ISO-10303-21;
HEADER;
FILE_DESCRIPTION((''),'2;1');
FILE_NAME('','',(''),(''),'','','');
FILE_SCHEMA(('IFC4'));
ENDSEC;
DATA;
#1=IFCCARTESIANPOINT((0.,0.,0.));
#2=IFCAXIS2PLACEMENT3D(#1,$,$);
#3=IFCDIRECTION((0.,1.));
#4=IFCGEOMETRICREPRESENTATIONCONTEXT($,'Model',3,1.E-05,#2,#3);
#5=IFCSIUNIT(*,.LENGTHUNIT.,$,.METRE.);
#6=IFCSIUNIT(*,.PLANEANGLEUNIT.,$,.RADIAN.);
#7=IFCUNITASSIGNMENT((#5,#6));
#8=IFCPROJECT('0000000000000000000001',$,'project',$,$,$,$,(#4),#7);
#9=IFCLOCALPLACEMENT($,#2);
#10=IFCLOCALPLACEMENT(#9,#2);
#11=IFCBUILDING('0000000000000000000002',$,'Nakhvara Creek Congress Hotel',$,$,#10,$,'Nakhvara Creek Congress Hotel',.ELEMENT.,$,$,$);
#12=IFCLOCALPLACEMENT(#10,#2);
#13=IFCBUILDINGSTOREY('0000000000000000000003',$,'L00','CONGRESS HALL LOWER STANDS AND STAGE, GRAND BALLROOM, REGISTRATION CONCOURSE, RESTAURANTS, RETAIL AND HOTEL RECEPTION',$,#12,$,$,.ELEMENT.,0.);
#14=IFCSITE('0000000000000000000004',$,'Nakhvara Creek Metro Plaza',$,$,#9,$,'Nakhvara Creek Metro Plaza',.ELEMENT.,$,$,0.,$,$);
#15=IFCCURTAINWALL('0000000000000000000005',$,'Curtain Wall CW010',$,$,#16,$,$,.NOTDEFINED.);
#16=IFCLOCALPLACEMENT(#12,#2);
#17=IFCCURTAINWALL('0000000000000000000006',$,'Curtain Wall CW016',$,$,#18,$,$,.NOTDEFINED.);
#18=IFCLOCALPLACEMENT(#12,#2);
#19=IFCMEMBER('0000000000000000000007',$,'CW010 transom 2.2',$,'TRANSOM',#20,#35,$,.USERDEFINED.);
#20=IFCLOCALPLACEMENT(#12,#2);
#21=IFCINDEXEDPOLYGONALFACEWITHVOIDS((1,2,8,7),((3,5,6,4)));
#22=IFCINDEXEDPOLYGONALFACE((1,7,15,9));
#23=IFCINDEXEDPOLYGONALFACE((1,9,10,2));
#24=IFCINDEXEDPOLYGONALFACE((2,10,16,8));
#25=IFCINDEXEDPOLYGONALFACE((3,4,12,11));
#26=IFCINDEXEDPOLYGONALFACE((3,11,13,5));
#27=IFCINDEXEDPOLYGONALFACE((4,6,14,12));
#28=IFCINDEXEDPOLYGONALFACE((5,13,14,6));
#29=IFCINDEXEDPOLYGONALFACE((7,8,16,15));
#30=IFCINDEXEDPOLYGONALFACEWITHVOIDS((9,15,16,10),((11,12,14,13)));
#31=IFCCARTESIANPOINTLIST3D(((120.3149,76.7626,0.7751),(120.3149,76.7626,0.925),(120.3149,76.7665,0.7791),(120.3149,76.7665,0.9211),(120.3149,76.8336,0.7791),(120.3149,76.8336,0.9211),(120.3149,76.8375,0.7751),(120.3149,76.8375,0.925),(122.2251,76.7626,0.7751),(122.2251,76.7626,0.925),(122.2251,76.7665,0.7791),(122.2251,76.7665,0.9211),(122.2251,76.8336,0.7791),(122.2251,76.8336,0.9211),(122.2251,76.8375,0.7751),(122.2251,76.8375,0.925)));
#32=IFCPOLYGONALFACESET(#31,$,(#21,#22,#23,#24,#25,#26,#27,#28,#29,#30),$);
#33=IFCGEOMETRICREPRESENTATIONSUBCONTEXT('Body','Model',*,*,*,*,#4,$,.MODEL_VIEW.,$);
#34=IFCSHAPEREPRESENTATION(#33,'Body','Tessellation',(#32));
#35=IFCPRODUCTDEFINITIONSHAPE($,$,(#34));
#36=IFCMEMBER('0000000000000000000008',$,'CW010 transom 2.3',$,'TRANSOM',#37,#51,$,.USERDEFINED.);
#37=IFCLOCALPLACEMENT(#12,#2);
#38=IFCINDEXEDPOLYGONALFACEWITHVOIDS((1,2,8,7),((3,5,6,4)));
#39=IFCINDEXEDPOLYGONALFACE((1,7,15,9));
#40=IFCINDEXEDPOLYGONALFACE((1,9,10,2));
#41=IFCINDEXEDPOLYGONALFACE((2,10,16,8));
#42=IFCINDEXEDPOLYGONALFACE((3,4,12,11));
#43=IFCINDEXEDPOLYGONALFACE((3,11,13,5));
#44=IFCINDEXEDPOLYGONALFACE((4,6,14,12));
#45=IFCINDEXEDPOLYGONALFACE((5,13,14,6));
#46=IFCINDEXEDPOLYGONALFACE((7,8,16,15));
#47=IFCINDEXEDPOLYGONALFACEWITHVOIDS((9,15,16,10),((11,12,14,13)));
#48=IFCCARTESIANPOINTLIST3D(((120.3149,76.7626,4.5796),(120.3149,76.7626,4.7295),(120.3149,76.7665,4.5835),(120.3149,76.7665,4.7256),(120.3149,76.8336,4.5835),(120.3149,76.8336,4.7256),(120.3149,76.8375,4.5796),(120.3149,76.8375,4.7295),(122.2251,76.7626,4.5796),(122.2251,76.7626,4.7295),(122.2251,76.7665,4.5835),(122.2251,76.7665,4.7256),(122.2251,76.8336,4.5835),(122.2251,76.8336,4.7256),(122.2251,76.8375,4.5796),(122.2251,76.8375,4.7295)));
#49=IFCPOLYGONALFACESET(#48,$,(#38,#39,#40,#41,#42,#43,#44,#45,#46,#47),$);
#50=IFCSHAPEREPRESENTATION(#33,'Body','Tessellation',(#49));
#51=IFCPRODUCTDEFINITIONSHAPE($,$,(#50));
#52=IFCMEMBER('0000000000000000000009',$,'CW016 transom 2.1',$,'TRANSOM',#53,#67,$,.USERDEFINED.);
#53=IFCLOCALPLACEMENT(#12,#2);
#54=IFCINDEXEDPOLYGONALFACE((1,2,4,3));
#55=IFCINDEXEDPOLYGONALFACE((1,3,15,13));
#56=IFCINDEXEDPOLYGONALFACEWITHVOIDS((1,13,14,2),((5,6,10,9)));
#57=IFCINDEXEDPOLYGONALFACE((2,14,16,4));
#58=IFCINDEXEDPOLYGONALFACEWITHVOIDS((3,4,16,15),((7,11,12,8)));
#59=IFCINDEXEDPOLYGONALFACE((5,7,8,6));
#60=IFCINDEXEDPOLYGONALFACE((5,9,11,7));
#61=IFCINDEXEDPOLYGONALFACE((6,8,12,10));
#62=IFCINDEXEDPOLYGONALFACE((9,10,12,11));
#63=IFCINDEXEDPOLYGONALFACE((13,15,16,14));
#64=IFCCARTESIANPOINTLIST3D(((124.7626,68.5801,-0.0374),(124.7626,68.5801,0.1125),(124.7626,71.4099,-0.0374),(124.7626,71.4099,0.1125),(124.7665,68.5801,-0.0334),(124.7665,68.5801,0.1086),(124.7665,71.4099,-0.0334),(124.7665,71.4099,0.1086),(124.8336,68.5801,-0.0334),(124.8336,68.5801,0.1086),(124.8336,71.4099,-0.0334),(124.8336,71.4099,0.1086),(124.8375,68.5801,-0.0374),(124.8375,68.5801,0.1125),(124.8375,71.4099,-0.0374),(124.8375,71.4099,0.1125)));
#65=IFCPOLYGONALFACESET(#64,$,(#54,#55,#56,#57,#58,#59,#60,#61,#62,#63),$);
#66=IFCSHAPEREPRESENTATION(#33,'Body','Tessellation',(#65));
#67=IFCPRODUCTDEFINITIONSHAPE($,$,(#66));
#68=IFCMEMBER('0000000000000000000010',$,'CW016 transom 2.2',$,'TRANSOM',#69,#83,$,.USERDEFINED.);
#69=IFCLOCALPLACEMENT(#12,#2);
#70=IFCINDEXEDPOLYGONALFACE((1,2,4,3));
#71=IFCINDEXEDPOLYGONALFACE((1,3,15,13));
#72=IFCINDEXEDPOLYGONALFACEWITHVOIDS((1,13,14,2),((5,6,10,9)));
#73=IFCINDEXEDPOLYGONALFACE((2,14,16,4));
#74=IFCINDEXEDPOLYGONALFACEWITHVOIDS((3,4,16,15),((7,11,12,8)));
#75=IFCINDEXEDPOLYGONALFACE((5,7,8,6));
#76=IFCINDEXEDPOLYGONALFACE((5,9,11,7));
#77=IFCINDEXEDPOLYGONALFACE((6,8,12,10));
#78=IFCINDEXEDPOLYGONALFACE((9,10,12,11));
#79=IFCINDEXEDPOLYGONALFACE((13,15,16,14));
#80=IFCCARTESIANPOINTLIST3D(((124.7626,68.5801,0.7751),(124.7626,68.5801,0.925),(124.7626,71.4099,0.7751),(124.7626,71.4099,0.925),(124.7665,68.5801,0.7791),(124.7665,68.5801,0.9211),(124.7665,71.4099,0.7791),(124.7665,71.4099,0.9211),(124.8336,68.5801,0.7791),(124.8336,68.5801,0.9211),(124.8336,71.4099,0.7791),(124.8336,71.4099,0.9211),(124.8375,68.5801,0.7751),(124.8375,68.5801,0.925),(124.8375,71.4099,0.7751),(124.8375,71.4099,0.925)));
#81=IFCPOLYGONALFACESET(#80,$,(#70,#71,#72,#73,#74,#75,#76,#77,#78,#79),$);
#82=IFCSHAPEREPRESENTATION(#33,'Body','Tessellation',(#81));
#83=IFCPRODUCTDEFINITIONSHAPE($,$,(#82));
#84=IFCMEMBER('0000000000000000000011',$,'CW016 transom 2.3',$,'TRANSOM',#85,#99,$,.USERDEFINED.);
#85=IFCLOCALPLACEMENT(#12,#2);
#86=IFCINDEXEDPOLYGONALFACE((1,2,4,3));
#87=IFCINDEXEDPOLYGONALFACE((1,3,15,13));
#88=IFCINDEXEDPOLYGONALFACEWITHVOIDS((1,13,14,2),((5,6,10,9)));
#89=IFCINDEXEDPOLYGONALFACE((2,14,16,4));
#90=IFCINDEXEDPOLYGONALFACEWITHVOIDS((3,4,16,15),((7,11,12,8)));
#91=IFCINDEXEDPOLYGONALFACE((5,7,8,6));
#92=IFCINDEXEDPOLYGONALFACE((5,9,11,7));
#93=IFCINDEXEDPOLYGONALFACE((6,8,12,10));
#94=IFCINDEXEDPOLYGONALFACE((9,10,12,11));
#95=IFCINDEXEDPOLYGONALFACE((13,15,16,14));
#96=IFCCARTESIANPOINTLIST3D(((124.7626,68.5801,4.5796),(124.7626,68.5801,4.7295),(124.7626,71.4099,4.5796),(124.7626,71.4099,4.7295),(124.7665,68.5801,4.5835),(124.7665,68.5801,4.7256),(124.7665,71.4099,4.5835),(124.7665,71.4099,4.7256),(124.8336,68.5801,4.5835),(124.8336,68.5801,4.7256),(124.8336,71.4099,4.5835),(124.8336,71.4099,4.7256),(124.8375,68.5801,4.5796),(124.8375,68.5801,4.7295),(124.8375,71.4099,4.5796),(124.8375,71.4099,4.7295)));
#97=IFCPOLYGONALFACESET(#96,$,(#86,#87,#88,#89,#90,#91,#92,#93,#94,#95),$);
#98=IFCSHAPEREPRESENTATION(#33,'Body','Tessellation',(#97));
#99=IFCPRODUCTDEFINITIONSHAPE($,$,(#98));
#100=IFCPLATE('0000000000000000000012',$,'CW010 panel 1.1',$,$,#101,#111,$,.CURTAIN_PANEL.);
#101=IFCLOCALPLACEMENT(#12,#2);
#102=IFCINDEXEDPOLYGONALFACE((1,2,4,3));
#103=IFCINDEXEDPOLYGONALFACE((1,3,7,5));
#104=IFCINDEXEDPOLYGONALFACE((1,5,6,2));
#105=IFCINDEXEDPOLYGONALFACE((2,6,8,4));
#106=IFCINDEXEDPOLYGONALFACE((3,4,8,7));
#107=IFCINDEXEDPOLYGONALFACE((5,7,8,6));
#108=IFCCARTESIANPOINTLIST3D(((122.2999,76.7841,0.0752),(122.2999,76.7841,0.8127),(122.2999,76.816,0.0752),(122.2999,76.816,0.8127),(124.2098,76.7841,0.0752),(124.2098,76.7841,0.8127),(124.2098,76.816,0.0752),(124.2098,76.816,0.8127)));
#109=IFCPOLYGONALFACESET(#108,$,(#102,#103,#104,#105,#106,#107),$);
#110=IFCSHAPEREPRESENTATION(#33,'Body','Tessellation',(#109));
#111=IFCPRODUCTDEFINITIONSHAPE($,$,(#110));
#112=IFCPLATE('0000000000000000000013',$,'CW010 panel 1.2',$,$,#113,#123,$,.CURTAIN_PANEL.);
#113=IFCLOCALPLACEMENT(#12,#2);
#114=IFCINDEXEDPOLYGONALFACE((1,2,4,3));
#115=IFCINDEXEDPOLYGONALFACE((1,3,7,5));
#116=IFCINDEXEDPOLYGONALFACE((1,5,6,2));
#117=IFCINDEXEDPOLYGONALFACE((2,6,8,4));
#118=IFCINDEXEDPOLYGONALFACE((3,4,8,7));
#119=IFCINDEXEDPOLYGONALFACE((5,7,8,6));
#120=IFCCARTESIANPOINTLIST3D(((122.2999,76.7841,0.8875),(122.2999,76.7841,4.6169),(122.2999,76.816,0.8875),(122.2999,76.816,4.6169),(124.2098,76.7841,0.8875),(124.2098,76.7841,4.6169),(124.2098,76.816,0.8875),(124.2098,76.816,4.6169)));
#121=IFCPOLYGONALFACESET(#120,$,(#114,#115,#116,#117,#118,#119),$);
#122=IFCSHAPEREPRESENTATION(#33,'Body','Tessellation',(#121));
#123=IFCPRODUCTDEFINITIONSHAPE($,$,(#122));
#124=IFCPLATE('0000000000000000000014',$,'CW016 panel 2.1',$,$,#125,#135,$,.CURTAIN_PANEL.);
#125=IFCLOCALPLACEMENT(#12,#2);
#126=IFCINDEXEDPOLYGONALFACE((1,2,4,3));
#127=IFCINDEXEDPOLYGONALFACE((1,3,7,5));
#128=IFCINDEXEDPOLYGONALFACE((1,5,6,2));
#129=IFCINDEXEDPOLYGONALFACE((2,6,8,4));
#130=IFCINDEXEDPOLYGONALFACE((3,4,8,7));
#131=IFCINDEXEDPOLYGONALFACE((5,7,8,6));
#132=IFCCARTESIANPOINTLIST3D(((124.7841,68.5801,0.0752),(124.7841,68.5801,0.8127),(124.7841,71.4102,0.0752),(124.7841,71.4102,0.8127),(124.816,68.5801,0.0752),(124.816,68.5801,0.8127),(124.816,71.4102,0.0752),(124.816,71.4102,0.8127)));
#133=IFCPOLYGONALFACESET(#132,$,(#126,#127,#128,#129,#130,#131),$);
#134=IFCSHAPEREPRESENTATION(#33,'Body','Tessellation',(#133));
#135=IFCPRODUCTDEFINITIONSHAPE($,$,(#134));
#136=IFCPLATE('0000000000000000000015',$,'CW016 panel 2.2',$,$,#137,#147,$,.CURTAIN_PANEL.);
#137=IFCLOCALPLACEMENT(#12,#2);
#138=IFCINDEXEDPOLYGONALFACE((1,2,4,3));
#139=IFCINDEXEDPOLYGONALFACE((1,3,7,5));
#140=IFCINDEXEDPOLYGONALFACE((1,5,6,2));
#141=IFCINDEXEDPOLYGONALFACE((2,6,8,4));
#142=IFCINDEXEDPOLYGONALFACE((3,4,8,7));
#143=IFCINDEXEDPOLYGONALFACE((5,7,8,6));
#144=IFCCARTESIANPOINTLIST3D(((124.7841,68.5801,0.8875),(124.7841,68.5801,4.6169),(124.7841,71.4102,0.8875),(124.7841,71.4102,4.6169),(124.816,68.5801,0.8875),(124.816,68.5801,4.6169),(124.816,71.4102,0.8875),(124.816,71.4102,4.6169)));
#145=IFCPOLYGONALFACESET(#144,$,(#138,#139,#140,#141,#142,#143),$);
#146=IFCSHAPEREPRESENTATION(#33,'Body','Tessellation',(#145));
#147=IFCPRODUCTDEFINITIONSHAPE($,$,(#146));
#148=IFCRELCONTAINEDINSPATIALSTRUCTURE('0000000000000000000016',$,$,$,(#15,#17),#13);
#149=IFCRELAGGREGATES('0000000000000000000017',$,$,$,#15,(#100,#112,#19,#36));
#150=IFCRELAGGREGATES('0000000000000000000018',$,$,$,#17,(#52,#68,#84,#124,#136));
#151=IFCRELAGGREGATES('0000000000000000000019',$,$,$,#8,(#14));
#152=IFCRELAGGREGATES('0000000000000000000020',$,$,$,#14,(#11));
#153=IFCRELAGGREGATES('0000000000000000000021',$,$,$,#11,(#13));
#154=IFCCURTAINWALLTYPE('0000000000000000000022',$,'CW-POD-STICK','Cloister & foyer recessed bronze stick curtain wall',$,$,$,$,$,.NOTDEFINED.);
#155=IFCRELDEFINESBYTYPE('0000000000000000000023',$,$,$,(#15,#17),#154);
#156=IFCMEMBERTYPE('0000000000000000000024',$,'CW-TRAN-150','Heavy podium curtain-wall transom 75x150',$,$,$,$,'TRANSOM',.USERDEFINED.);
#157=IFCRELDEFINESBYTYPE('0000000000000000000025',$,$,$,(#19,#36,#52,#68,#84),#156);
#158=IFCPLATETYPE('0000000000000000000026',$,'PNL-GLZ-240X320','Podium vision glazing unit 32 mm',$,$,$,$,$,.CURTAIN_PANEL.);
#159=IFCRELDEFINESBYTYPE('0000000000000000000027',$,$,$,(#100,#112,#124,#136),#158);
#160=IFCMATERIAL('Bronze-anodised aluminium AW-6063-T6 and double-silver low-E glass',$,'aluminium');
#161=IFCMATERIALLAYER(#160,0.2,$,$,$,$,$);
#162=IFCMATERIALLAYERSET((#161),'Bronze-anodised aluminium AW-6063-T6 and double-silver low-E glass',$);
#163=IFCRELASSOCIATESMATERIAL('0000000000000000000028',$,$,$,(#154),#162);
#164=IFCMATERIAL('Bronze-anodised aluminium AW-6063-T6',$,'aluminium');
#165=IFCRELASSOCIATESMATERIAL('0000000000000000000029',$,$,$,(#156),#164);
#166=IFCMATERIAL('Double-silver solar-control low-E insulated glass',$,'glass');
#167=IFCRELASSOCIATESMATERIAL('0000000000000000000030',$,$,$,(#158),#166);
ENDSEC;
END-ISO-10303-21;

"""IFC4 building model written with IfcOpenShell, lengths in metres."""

from ifc_helpers import new_model, si_unit, direction, frame, origin, origin_2d, place, context, subcontext, project, spatial, rectangle, hollow_rectangle, extrude, material, layer, layer_set, material_profile, profile_set, type_object, element, aggregate, save


model = new_model("IFC4")

# Units and contexts
model_context = context("Model", 3, precision=1e-05, world=origin(), true_north=direction((0.0, 1.0)))
body_context = subcontext(model_context, "Body", "Model", "MODEL_VIEW")
ifc_project = project(units=[si_unit("LENGTHUNIT", "METRE"), si_unit("PLANEANGLEUNIT", "RADIAN")], contexts=[model_context])

# Site, building, storey
site_placement = place(None, origin())
site = spatial("IfcSite", under=ifc_project, at=site_placement, Name="Nakhvara Creek Metro Plaza", LongName="Nakhvara Creek Metro Plaza", CompositionType="ELEMENT", RefElevation=0.0)
building_placement = place(site_placement, origin())
building = spatial("IfcBuilding", under=site, at=building_placement, Name="Nakhvara Creek Congress Hotel", LongName="Nakhvara Creek Congress Hotel", CompositionType="ELEMENT")
storey_placement = place(building_placement, origin())
storey = spatial("IfcBuildingStorey", under=building, at=storey_placement, Name="L00", Description="CONGRESS HALL LOWER STANDS AND STAGE, GRAND BALLROOM, REGISTRATION CONCOURSE, RESTAURANTS, RETAIL AND HOTEL RECEPTION", CompositionType="ELEMENT", Elevation=0.0)

# Curtain walls
ifc_material_1 = material(Name="Bronze-anodised aluminium AW-6063-T6 and double-silver low-E glass", Category="aluminium")
ifc_layer = layer(ifc_material_1, 0.2)
ifc_layer_set = layer_set([ifc_layer], Name="Bronze-anodised aluminium AW-6063-T6 and double-silver low-E glass")
curtain_wall_type = type_object("IfcCurtainWallType", Name="CW-POD-STICK", Description="Cloister & foyer recessed bronze stick curtain wall", PredefinedType="NOTDEFINED", material=ifc_layer_set)
curtain_wall_1_placement = place(storey_placement, origin())
curtain_wall_1 = element("IfcCurtainWall", 1, at=curtain_wall_1_placement, inside=storey, type_object=curtain_wall_type, Name="Curtain Wall CW010", PredefinedType="NOTDEFINED")
ifc_material_2 = material(Name="Bronze-anodised aluminium AW-6063-T6", Category="aluminium")
curtain_wall_2_placement = place(storey_placement, origin())
curtain_wall_2 = element("IfcCurtainWall", 2, at=curtain_wall_2_placement, inside=storey, type_object=curtain_wall_type, Name="Curtain Wall CW016", PredefinedType="NOTDEFINED")

# Members
ifc_material_profile_1 = material_profile(ifc_material_2, hollow_rectangle(XDim=0.075, YDim=0.1499, WallThickness=0.0039, at=origin_2d()), Name="ALU-TRAN 75x150x4", Category="LoadBearing")
ifc_profile_set_1 = profile_set([ifc_material_profile_1], Name="Bronze-anodised aluminium AW-6063-T6")
member_type_1 = type_object("IfcMemberType", Name="CW-TRAN-150", Description="Heavy podium curtain-wall transom 75x150", ElementType="TRANSOM", PredefinedType="USERDEFINED", material=ifc_profile_set_1)
member_1_placement = place(storey_placement, frame((122.2251, 76.8, 0.8501), z_axis=(-1.0, 0.0, 0.0), x_axis=(0.0, -1.0, 0.0)))
member_1 = element("IfcMember", 3, at=member_1_placement, type_object=member_type_1, Name="CW010 transom 2.2", ObjectType="TRANSOM", PredefinedType="USERDEFINED", context=body_context, shape_type="SweptSolid", body=[
    extrude(hollow_rectangle(XDim=0.075, YDim=0.1499, WallThickness=0.0039, at=origin_2d()), origin(), (0.0, 0.0, 1.0), 1.9102),
])
member_2_placement = place(storey_placement, frame((122.2251, 76.8, 4.6545), z_axis=(-1.0, 0.0, 0.0), x_axis=(0.0, -1.0, 0.0)))
member_2 = element("IfcMember", 4, at=member_2_placement, type_object=member_type_1, Name="CW010 transom 2.3", ObjectType="TRANSOM", PredefinedType="USERDEFINED", context=body_context, shape_type="SweptSolid", body=[
    extrude(hollow_rectangle(XDim=0.075, YDim=0.1499, WallThickness=0.0039, at=origin_2d()), origin(), (0.0, 0.0, 1.0), 1.9102),
])
member_3_placement = place(storey_placement, frame((124.8, 68.5801, 0.0376), z_axis=(0.0, 1.0, 0.0), x_axis=(-1.0, 0.0, 0.0)))
member_3 = element("IfcMember", 5, at=member_3_placement, type_object=member_type_1, Name="CW016 transom 2.1", ObjectType="TRANSOM", PredefinedType="USERDEFINED", context=body_context, shape_type="SweptSolid", body=[
    extrude(hollow_rectangle(XDim=0.075, YDim=0.1499, WallThickness=0.0039, at=origin_2d()), origin(), (0.0, 0.0, 1.0), 2.8298),
])
member_4_placement = place(storey_placement, frame((124.8, 68.5801, 0.8501), z_axis=(0.0, 1.0, 0.0), x_axis=(-1.0, 0.0, 0.0)))
member_4 = element("IfcMember", 6, at=member_4_placement, type_object=member_type_1, Name="CW016 transom 2.2", ObjectType="TRANSOM", PredefinedType="USERDEFINED", context=body_context, shape_type="SweptSolid", body=[
    extrude(hollow_rectangle(XDim=0.075, YDim=0.1499, WallThickness=0.0039, at=origin_2d()), origin(), (0.0, 0.0, 1.0), 2.8298),
])
member_5_placement = place(storey_placement, frame((124.8, 68.5801, 4.6545), z_axis=(0.0, 1.0, 0.0), x_axis=(-1.0, 0.0, 0.0)))
member_5 = element("IfcMember", 7, at=member_5_placement, type_object=member_type_1, Name="CW016 transom 2.3", ObjectType="TRANSOM", PredefinedType="USERDEFINED", context=body_context, shape_type="SweptSolid", body=[
    extrude(hollow_rectangle(XDim=0.075, YDim=0.1499, WallThickness=0.0039, at=origin_2d()), origin(), (0.0, 0.0, 1.0), 2.8298),
])

# Plates
ifc_material_3 = material(Name="Double-silver solar-control low-E insulated glass", Category="glass")
plate_type = type_object("IfcPlateType", Name="PNL-GLZ-240X320", Description="Podium vision glazing unit 32 mm", PredefinedType="CURTAIN_PANEL", material=ifc_material_3)
plate_1_placement = place(storey_placement, frame((123.2549, 76.8, 0.0752), z_axis=(0.0, 0.0, 1.0), x_axis=(-1.0, 0.0, 0.0)))
plate_1 = element("IfcPlate", 8, at=plate_1_placement, type_object=plate_type, Name="CW010 panel 1.1", PredefinedType="CURTAIN_PANEL", context=body_context, shape_type="SweptSolid", body=[
    extrude(rectangle(XDim=1.9099, YDim=0.032, at=origin_2d()), origin(), (0.0, 0.0, 1.0), 0.7375),
])
plate_2_placement = place(storey_placement, frame((123.2549, 76.8, 0.8875), z_axis=(0.0, 0.0, 1.0), x_axis=(-1.0, 0.0, 0.0)))
plate_2 = element("IfcPlate", 9, at=plate_2_placement, type_object=plate_type, Name="CW010 panel 1.2", PredefinedType="CURTAIN_PANEL", context=body_context, shape_type="SweptSolid", body=[
    extrude(rectangle(XDim=1.9099, YDim=0.032, at=origin_2d()), origin(), (0.0, 0.0, 1.0), 3.7295),
])
aggregate(curtain_wall_1, [plate_1, plate_2, member_1, member_2])
plate_3_placement = place(storey_placement, frame((124.8, 69.9951, 0.0752), z_axis=(0.0, 0.0, 1.0), x_axis=(0.0, 1.0, 0.0)))
plate_3 = element("IfcPlate", 10, at=plate_3_placement, type_object=plate_type, Name="CW016 panel 2.1", PredefinedType="CURTAIN_PANEL", context=body_context, shape_type="SweptSolid", body=[
    extrude(rectangle(XDim=2.8301, YDim=0.032, at=origin_2d()), origin(), (0.0, 0.0, 1.0), 0.7375),
])
plate_4_placement = place(storey_placement, frame((124.8, 69.9951, 0.8875), z_axis=(0.0, 0.0, 1.0), x_axis=(0.0, 1.0, 0.0)))
plate_4 = element("IfcPlate", 11, at=plate_4_placement, type_object=plate_type, Name="CW016 panel 2.2", PredefinedType="CURTAIN_PANEL", context=body_context, shape_type="SweptSolid", body=[
    extrude(rectangle(XDim=2.8301, YDim=0.032, at=origin_2d()), origin(), (0.0, 0.0, 1.0), 3.7295),
])
aggregate(curtain_wall_2, [member_3, member_4, member_5, plate_3, plate_4])

save(model, "model.ifc")
